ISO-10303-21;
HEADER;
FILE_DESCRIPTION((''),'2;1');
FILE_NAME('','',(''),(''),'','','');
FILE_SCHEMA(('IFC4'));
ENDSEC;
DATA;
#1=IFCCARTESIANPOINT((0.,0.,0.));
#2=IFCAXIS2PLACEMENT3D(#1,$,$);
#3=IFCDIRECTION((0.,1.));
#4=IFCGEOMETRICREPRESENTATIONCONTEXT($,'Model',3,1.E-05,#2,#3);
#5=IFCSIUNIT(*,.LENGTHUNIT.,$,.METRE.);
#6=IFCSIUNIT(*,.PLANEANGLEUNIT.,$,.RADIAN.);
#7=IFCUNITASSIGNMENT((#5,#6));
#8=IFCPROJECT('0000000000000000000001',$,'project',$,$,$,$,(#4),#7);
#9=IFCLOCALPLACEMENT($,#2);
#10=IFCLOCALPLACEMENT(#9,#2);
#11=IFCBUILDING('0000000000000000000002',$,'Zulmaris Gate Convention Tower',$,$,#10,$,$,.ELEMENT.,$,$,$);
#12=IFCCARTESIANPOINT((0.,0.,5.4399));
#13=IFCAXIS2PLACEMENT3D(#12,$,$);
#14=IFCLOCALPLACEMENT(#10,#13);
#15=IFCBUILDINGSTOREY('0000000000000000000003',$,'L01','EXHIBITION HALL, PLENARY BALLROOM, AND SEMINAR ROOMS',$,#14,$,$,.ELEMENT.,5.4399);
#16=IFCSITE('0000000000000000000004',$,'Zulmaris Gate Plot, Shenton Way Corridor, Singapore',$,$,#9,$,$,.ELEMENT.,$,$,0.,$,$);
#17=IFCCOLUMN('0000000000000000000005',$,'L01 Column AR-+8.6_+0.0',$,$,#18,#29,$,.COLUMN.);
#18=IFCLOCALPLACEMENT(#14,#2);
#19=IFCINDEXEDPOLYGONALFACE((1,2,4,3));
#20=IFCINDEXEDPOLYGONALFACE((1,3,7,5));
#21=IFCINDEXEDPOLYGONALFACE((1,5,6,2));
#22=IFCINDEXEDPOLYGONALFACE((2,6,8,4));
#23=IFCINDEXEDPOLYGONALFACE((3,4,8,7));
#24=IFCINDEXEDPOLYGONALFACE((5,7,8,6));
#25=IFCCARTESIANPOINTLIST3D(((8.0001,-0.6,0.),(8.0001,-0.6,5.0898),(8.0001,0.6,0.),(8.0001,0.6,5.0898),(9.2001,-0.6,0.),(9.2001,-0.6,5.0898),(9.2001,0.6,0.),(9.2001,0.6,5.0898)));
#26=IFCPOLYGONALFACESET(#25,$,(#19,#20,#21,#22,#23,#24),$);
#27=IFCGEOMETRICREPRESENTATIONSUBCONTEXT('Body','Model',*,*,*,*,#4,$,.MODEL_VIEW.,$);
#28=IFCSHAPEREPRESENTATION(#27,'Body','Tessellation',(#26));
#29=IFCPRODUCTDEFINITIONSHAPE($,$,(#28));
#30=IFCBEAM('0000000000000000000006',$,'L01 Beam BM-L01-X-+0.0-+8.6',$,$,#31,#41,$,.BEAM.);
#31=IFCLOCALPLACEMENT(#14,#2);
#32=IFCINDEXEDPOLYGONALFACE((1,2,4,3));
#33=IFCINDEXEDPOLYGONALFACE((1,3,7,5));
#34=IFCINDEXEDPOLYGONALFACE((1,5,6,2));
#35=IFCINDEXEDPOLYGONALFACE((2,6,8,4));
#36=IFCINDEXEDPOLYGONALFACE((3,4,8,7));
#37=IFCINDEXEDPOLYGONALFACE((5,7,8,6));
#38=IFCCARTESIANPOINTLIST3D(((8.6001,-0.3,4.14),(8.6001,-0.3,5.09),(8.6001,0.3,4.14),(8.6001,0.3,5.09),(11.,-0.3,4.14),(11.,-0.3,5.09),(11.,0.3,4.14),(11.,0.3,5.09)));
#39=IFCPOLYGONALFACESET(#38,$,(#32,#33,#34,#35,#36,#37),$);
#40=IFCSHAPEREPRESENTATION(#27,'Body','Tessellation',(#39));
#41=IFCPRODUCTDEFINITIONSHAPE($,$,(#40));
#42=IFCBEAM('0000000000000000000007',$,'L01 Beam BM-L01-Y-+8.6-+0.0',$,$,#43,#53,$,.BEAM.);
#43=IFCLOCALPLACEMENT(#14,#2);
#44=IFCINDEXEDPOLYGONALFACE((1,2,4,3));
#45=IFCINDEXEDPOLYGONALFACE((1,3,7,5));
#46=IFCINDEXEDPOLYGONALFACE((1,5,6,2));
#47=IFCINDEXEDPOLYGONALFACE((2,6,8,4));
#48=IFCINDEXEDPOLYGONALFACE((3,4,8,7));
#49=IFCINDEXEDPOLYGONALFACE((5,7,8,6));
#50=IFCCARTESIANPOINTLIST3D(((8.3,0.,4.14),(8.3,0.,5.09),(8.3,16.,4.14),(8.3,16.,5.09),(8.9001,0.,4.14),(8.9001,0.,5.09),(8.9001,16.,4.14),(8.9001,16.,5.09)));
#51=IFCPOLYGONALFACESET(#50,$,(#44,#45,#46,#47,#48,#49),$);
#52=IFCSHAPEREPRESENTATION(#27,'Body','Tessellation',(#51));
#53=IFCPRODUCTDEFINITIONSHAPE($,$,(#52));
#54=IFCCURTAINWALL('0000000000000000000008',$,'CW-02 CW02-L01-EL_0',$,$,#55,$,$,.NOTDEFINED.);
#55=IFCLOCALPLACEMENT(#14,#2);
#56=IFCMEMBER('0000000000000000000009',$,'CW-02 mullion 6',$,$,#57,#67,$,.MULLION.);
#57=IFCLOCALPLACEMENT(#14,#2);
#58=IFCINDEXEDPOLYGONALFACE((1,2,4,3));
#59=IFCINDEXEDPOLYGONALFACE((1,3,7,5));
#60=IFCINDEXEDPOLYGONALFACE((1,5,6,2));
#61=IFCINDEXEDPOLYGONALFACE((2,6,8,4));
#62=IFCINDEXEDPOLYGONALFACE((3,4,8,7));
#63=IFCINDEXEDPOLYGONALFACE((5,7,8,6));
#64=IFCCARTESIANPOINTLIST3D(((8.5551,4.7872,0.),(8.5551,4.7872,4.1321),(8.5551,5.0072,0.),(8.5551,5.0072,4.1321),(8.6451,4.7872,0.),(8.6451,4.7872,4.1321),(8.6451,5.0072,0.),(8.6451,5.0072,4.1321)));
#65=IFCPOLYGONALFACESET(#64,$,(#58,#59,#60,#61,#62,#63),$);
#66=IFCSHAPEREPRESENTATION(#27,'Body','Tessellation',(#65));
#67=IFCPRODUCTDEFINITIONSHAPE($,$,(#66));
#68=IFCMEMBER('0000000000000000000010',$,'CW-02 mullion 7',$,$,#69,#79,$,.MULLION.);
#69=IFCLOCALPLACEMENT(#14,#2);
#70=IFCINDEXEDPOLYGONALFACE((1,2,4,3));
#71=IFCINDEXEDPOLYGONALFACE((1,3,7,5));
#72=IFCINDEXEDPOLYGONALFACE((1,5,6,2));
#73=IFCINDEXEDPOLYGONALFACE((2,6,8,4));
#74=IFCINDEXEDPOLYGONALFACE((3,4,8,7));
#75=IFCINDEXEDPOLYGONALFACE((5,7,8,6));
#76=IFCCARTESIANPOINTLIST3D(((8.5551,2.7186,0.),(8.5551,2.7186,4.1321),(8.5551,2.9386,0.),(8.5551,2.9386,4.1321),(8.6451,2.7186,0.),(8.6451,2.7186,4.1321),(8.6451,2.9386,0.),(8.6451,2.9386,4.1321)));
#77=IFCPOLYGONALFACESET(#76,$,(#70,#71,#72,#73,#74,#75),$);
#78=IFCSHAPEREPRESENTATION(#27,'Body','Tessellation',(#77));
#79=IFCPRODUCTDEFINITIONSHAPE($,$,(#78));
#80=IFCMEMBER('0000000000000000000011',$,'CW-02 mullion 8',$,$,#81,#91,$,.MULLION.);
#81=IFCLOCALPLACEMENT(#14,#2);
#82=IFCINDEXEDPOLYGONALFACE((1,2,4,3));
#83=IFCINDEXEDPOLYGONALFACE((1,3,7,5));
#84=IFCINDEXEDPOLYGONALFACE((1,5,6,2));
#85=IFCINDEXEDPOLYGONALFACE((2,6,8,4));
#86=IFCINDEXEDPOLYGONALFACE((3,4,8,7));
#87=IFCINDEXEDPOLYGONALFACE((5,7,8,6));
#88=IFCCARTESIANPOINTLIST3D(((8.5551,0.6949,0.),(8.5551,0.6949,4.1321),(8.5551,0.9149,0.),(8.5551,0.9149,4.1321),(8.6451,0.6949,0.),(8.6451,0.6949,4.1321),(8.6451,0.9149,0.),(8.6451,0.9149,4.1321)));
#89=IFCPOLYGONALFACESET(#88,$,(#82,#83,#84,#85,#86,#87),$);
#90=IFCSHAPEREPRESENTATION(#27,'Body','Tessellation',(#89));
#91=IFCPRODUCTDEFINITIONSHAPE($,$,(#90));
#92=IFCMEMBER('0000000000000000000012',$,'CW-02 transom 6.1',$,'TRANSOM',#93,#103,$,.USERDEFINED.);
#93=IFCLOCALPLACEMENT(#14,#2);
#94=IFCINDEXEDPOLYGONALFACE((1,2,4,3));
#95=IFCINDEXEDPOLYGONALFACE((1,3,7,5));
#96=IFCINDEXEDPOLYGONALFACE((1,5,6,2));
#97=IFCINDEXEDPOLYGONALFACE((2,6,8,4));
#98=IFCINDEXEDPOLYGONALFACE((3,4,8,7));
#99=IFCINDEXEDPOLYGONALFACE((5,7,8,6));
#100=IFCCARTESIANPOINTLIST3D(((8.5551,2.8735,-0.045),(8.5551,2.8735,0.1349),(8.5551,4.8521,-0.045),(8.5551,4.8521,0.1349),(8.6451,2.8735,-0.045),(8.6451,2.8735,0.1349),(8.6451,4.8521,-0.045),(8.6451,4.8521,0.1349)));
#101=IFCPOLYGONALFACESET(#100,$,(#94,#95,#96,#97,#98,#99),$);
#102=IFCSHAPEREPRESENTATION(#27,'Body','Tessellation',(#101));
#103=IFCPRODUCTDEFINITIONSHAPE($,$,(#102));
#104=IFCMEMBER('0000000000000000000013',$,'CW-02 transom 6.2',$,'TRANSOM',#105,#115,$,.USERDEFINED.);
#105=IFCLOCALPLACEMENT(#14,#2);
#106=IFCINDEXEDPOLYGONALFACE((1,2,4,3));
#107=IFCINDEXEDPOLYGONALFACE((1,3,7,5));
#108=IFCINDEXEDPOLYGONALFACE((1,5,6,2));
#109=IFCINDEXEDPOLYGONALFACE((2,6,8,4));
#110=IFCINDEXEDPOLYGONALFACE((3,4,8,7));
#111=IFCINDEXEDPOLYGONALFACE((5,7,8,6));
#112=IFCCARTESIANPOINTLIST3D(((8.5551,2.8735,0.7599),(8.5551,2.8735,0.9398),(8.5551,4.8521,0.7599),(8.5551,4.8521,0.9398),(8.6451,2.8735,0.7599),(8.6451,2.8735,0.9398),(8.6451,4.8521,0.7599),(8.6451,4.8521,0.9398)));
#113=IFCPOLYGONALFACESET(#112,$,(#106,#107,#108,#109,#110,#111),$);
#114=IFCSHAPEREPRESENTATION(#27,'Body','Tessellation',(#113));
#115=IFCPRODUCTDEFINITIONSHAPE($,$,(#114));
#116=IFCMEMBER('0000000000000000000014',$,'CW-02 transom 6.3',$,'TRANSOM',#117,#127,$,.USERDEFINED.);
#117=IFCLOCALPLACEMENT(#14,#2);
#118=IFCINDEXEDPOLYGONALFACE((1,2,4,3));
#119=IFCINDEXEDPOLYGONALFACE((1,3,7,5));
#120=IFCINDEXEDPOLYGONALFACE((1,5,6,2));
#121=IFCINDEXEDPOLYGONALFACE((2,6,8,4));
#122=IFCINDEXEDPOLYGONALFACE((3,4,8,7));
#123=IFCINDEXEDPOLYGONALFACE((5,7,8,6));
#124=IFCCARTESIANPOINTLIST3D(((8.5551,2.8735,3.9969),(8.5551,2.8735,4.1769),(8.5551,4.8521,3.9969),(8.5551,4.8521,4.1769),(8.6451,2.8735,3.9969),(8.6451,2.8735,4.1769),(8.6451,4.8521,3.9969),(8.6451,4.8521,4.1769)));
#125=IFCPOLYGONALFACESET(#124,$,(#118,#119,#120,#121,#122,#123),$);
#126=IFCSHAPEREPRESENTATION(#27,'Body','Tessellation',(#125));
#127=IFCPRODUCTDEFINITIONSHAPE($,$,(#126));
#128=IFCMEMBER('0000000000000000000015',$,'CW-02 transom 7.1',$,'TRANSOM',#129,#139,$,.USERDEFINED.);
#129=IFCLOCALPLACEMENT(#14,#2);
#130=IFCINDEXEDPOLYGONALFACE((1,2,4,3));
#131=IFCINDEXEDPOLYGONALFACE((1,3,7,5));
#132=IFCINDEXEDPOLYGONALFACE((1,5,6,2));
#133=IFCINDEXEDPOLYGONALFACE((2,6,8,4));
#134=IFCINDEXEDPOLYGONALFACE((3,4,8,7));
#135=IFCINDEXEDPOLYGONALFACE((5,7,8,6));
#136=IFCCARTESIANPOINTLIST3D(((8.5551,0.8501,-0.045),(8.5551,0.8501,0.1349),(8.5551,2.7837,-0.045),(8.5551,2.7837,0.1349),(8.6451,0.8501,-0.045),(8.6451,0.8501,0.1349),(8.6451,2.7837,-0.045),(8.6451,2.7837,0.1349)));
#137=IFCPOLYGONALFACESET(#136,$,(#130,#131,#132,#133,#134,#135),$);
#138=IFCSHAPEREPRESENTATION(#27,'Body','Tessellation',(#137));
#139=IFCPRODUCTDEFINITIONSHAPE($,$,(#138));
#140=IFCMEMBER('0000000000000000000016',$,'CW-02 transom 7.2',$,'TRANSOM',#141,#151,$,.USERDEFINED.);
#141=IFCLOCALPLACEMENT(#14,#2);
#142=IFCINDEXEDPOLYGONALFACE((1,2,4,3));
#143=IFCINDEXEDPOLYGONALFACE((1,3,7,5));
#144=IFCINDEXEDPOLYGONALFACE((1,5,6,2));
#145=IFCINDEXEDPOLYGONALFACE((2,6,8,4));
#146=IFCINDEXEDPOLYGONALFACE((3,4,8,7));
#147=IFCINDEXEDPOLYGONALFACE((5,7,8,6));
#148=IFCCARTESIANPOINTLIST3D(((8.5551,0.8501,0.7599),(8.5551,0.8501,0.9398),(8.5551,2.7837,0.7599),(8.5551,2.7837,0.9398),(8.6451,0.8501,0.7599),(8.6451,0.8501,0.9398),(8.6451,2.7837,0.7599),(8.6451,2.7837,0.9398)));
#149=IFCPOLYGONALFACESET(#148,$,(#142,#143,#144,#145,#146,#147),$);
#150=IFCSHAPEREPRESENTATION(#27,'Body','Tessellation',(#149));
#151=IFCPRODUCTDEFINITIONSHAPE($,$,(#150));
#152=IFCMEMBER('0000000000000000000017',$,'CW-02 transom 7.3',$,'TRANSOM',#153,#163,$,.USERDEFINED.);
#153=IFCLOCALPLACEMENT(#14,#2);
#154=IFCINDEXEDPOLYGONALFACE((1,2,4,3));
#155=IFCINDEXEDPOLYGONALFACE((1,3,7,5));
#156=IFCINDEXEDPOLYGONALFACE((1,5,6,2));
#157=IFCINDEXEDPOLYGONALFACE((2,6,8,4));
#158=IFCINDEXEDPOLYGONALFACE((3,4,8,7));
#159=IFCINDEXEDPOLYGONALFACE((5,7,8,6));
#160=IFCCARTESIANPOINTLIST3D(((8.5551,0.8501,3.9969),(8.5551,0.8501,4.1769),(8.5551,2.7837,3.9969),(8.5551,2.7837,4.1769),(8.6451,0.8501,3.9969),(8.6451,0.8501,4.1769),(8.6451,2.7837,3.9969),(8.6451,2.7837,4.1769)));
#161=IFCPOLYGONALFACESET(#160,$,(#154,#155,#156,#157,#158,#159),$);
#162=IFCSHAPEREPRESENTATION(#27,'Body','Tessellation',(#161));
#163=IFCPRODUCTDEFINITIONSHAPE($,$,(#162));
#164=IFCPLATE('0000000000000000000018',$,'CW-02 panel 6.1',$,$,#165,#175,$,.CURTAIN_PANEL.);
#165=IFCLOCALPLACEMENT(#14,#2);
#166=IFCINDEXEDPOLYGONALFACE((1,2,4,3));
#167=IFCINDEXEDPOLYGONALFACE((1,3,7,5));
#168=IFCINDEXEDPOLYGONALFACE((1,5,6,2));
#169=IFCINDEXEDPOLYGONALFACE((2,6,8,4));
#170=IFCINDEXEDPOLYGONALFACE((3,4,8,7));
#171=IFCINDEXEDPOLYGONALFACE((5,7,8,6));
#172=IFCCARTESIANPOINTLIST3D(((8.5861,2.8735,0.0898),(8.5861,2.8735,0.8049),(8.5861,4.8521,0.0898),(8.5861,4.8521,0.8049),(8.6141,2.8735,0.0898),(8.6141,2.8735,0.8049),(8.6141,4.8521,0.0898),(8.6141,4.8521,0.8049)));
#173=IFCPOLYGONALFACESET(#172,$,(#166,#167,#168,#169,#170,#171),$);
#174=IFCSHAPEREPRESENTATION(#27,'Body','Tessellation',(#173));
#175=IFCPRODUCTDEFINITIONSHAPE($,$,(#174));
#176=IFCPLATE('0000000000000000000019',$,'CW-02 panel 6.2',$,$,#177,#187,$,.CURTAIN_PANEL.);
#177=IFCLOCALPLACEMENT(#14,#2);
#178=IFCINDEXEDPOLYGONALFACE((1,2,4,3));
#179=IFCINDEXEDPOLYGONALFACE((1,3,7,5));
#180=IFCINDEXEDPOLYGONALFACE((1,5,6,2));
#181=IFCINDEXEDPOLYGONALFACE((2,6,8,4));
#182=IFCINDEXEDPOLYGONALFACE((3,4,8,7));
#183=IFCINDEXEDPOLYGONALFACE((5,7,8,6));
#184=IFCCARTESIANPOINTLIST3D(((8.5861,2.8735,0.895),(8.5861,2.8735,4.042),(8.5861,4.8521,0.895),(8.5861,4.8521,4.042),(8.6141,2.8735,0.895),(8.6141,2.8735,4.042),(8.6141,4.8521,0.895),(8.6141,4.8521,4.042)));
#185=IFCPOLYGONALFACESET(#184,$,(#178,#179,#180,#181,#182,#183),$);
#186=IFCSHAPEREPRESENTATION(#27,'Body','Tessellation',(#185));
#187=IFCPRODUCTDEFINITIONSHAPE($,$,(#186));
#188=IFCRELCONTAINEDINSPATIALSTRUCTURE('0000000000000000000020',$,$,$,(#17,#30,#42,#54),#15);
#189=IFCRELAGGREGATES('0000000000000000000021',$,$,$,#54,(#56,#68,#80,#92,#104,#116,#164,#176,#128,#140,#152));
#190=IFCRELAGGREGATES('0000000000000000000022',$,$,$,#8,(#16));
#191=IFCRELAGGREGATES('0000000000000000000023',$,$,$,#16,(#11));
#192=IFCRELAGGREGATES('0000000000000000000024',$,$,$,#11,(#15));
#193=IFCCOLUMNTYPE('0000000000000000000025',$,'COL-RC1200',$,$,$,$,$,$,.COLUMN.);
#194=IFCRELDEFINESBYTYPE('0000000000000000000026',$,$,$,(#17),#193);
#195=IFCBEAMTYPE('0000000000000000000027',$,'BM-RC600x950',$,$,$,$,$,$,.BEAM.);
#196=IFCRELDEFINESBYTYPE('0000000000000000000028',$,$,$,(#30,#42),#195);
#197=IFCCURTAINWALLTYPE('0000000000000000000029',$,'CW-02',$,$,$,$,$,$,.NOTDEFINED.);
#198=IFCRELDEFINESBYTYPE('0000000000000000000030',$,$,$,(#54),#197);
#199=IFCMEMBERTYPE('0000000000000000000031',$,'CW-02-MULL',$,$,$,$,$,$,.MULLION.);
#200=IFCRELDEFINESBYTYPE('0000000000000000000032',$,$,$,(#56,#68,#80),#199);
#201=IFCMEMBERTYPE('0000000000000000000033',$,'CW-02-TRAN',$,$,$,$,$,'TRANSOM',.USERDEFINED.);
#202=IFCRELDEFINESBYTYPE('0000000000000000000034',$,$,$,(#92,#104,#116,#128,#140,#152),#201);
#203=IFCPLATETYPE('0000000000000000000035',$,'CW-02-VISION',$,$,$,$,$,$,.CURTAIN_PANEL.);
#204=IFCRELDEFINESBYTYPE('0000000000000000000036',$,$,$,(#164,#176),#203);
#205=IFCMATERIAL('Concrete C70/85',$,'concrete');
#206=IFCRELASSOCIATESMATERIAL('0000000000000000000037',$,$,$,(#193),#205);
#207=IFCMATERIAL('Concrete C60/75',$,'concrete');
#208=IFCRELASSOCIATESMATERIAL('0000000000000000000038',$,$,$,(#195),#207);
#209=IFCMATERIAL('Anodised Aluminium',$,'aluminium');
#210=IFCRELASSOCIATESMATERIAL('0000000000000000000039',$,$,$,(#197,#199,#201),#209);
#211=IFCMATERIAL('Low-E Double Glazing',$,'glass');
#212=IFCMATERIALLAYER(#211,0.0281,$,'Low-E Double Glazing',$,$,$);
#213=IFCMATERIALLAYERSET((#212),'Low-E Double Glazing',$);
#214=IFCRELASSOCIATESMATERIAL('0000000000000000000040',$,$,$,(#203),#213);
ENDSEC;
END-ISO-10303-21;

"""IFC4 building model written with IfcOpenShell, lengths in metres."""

from ifc_helpers import new_model, si_unit, direction, frame, origin, origin_2d, place, context, subcontext, project, spatial, rectangle, extrude, material, layer, layer_set, material_profile, profile_set, type_object, element, aggregate, save


model = new_model("IFC4")

# Units and contexts
model_context = context("Model", 3, precision=1e-05, world=origin(), true_north=direction((0.0, 1.0)))
body_context = subcontext(model_context, "Body", "Model", "MODEL_VIEW")
ifc_project = project(units=[si_unit("LENGTHUNIT", "METRE"), si_unit("PLANEANGLEUNIT", "RADIAN")], contexts=[model_context])

# Site, building, storey
site_placement = place(None, origin())
site = spatial("IfcSite", under=ifc_project, at=site_placement, Name="Zulmaris Gate Plot, Shenton Way Corridor, Singapore", CompositionType="ELEMENT", RefElevation=0.0)
building_placement = place(site_placement, origin())
building = spatial("IfcBuilding", under=site, at=building_placement, Name="Zulmaris Gate Convention Tower", CompositionType="ELEMENT")
storey_placement = place(building_placement, frame((0.0, 0.0, 5.4399)))
storey = spatial("IfcBuildingStorey", under=building, at=storey_placement, Name="L01", Description="EXHIBITION HALL, PLENARY BALLROOM, AND SEMINAR ROOMS", CompositionType="ELEMENT", Elevation=5.4399)

# Column
ifc_material_1 = material(Name="Concrete C70/85", Category="concrete")
ifc_material_profile_1 = material_profile(ifc_material_1, rectangle(XDim=1.2, YDim=1.2, at=origin_2d()), Name="RC COL 1200x1200")
ifc_profile_set_1 = profile_set([ifc_material_profile_1], Name="Concrete C70/85")
column_type = type_object("IfcColumnType", Name="COL-RC1200", PredefinedType="COLUMN", material=ifc_profile_set_1)
column_placement = place(storey_placement, frame((8.6001, 0.0, 0.0), z_axis=(0.0, 0.0, 1.0), x_axis=(1.0, 0.0, 0.0)))
element("IfcColumn", 1, at=column_placement, inside=storey, type_object=column_type, Name="L01 Column AR-+8.6_+0.0", PredefinedType="COLUMN", context=body_context, shape_type="SweptSolid", body=[
    extrude(rectangle(XDim=1.2, YDim=1.2, at=origin_2d()), origin(), (0.0, 0.0, 1.0), 5.0898),
])

# Beams
ifc_material_2 = material(Name="Concrete C60/75", Category="concrete")
ifc_material_profile_2 = material_profile(ifc_material_2, rectangle(XDim=0.6001, YDim=0.95, at=origin_2d()), Name="RC BEAM 600x950")
ifc_profile_set_2 = profile_set([ifc_material_profile_2], Name="Concrete C60/75")
beam_type = type_object("IfcBeamType", Name="BM-RC600x950", PredefinedType="BEAM", material=ifc_profile_set_2)
beam_1_placement = place(storey_placement, frame((8.6001, 0.0, 4.615), z_axis=(1.0, 0.0, 0.0), x_axis=(0.0, 1.0, 0.0)))
element("IfcBeam", 2, at=beam_1_placement, inside=storey, type_object=beam_type, Name="L01 Beam BM-L01-X-+0.0-+8.6", PredefinedType="BEAM", context=body_context, shape_type="SweptSolid", body=[
    extrude(rectangle(XDim=0.6001, YDim=0.95, at=origin_2d()), origin(), (0.0, 0.0, 1.0), 2.3999),
])
beam_2_placement = place(storey_placement, frame((8.6001, 0.0, 4.615), z_axis=(0.0, 1.0, 0.0), x_axis=(-1.0, 0.0, 0.0)))
element("IfcBeam", 3, at=beam_2_placement, inside=storey, type_object=beam_type, Name="L01 Beam BM-L01-Y-+8.6-+0.0", PredefinedType="BEAM", context=body_context, shape_type="SweptSolid", body=[
    extrude(rectangle(XDim=0.6001, YDim=0.95, at=origin_2d()), origin(), (0.0, 0.0, 1.0), 16.0),
])

# Curtain wall, members, plates
ifc_material_3 = material(Name="Anodised Aluminium", Category="aluminium")
curtain_wall_type = type_object("IfcCurtainWallType", Name="CW-02", PredefinedType="NOTDEFINED", material=ifc_material_3)
curtain_wall_placement = place(storey_placement, origin())
curtain_wall = element("IfcCurtainWall", 4, at=curtain_wall_placement, inside=storey, type_object=curtain_wall_type, Name="CW-02 CW02-L01-EL_0", PredefinedType="NOTDEFINED")
ifc_material_profile_3 = material_profile(ifc_material_3, rectangle(XDim=0.0901, YDim=0.22, at=origin_2d()), Name="ALU MULLION 90x220")
ifc_profile_set_3 = profile_set([ifc_material_profile_3], Name="Anodised Aluminium")
member_type_1 = type_object("IfcMemberType", Name="CW-02-MULL", PredefinedType="MULLION", material=ifc_profile_set_3)
member_1_placement = place(storey_placement, frame((8.6001, 4.8972, 0.0), z_axis=(0.0, 0.0, 1.0), x_axis=(1.0, 0.0, 0.0)))
member_1 = element("IfcMember", 5, at=member_1_placement, type_object=member_type_1, Name="CW-02 mullion 6", PredefinedType="MULLION", context=body_context, shape_type="SweptSolid", body=[
    extrude(rectangle(XDim=0.0901, YDim=0.22, at=origin_2d()), origin(), (0.0, 0.0, 1.0), 4.1321),
])
member_2_placement = place(storey_placement, frame((8.6001, 2.8286, 0.0), z_axis=(0.0, 0.0, 1.0), x_axis=(1.0, 0.0, 0.0)))
member_2 = element("IfcMember", 6, at=member_2_placement, type_object=member_type_1, Name="CW-02 mullion 7", PredefinedType="MULLION", context=body_context, shape_type="SweptSolid", body=[
    extrude(rectangle(XDim=0.0901, YDim=0.22, at=origin_2d()), origin(), (0.0, 0.0, 1.0), 4.1321),
])
member_3_placement = place(storey_placement, frame((8.6001, 0.8049, 0.0), z_axis=(0.0, 0.0, 1.0), x_axis=(1.0, 0.0, 0.0)))
member_3 = element("IfcMember", 7, at=member_3_placement, type_object=member_type_1, Name="CW-02 mullion 8", PredefinedType="MULLION", context=body_context, shape_type="SweptSolid", body=[
    extrude(rectangle(XDim=0.0901, YDim=0.22, at=origin_2d()), origin(), (0.0, 0.0, 1.0), 4.1321),
])
ifc_material_profile_4 = material_profile(ifc_material_3, rectangle(XDim=0.0901, YDim=0.1799, at=origin_2d()), Name="ALU TRANSOM 90x180")
ifc_profile_set_4 = profile_set([ifc_material_profile_4], Name="Anodised Aluminium")
member_type_2 = type_object("IfcMemberType", Name="CW-02-TRAN", ElementType="TRANSOM", PredefinedType="USERDEFINED", material=ifc_profile_set_4)
member_4_placement = place(storey_placement, frame((8.6001, 4.8521, 0.0449), z_axis=(0.0, -1.0, 0.0), x_axis=(1.0, 0.0, 0.0)))
member_4 = element("IfcMember", 8, at=member_4_placement, type_object=member_type_2, Name="CW-02 transom 6.1", ObjectType="TRANSOM", PredefinedType="USERDEFINED", context=body_context, shape_type="SweptSolid", body=[
    extrude(rectangle(XDim=0.0901, YDim=0.1799, at=origin_2d()), origin(), (0.0, 0.0, 1.0), 1.9785),
])
member_5_placement = place(storey_placement, frame((8.6001, 4.8521, 0.8499), z_axis=(0.0, -1.0, 0.0), x_axis=(1.0, 0.0, 0.0)))
member_5 = element("IfcMember", 9, at=member_5_placement, type_object=member_type_2, Name="CW-02 transom 6.2", ObjectType="TRANSOM", PredefinedType="USERDEFINED", context=body_context, shape_type="SweptSolid", body=[
    extrude(rectangle(XDim=0.0901, YDim=0.1799, at=origin_2d()), origin(), (0.0, 0.0, 1.0), 1.9785),
])
member_6_placement = place(storey_placement, frame((8.6001, 4.8521, 4.0869), z_axis=(0.0, -1.0, 0.0), x_axis=(1.0, 0.0, 0.0)))
member_6 = element("IfcMember", 10, at=member_6_placement, type_object=member_type_2, Name="CW-02 transom 6.3", ObjectType="TRANSOM", PredefinedType="USERDEFINED", context=body_context, shape_type="SweptSolid", body=[
    extrude(rectangle(XDim=0.0901, YDim=0.1799, at=origin_2d()), origin(), (0.0, 0.0, 1.0), 1.9785),
])
member_7_placement = place(storey_placement, frame((8.6001, 2.7837, 0.0449), z_axis=(0.0, -1.0, 0.0), x_axis=(1.0, 0.0, 0.0)))
member_7 = element("IfcMember", 11, at=member_7_placement, type_object=member_type_2, Name="CW-02 transom 7.1", ObjectType="TRANSOM", PredefinedType="USERDEFINED", context=body_context, shape_type="SweptSolid", body=[
    extrude(rectangle(XDim=0.0901, YDim=0.1799, at=origin_2d()), origin(), (0.0, 0.0, 1.0), 1.9336),
])
member_8_placement = place(storey_placement, frame((8.6001, 2.7837, 0.8499), z_axis=(0.0, -1.0, 0.0), x_axis=(1.0, 0.0, 0.0)))
member_8 = element("IfcMember", 12, at=member_8_placement, type_object=member_type_2, Name="CW-02 transom 7.2", ObjectType="TRANSOM", PredefinedType="USERDEFINED", context=body_context, shape_type="SweptSolid", body=[
    extrude(rectangle(XDim=0.0901, YDim=0.1799, at=origin_2d()), origin(), (0.0, 0.0, 1.0), 1.9336),
])
member_9_placement = place(storey_placement, frame((8.6001, 2.7837, 4.0869), z_axis=(0.0, -1.0, 0.0), x_axis=(1.0, 0.0, 0.0)))
member_9 = element("IfcMember", 13, at=member_9_placement, type_object=member_type_2, Name="CW-02 transom 7.3", ObjectType="TRANSOM", PredefinedType="USERDEFINED", context=body_context, shape_type="SweptSolid", body=[
    extrude(rectangle(XDim=0.0901, YDim=0.1799, at=origin_2d()), origin(), (0.0, 0.0, 1.0), 1.9336),
])
ifc_material_4 = material(Name="Low-E Double Glazing", Category="glass")
ifc_layer_1 = layer(ifc_material_4, 0.0281, Name="Low-E Double Glazing")
ifc_layer_set_1 = layer_set([ifc_layer_1], Name="Low-E Double Glazing")
plate_type = type_object("IfcPlateType", Name="CW-02-VISION", PredefinedType="CURTAIN_PANEL", material=ifc_layer_set_1)
plate_1_placement = place(storey_placement, frame((8.6001, 3.8628, 0.0898), z_axis=(0.0, 0.0, 1.0), x_axis=(0.0, -1.0, 0.0)))
plate_1 = element("IfcPlate", 14, at=plate_1_placement, type_object=plate_type, Name="CW-02 panel 6.1", PredefinedType="CURTAIN_PANEL", context=body_context, shape_type="SweptSolid", body=[
    extrude(rectangle(XDim=1.9785, YDim=0.0281, at=origin_2d()), origin(), (0.0, 0.0, 1.0), 0.7151),
])
plate_2_placement = place(storey_placement, frame((8.6001, 3.8628, 0.895), z_axis=(0.0, 0.0, 1.0), x_axis=(0.0, -1.0, 0.0)))
plate_2 = element("IfcPlate", 15, at=plate_2_placement, type_object=plate_type, Name="CW-02 panel 6.2", PredefinedType="CURTAIN_PANEL", context=body_context, shape_type="SweptSolid", body=[
    extrude(rectangle(XDim=1.9785, YDim=0.0281, at=origin_2d()), origin(), (0.0, 0.0, 1.0), 3.147),
])
aggregate(curtain_wall, [member_1, member_2, member_3, member_4, member_5, member_6, plate_1, plate_2, member_7, member_8, member_9])

save(model, "model.ifc")
